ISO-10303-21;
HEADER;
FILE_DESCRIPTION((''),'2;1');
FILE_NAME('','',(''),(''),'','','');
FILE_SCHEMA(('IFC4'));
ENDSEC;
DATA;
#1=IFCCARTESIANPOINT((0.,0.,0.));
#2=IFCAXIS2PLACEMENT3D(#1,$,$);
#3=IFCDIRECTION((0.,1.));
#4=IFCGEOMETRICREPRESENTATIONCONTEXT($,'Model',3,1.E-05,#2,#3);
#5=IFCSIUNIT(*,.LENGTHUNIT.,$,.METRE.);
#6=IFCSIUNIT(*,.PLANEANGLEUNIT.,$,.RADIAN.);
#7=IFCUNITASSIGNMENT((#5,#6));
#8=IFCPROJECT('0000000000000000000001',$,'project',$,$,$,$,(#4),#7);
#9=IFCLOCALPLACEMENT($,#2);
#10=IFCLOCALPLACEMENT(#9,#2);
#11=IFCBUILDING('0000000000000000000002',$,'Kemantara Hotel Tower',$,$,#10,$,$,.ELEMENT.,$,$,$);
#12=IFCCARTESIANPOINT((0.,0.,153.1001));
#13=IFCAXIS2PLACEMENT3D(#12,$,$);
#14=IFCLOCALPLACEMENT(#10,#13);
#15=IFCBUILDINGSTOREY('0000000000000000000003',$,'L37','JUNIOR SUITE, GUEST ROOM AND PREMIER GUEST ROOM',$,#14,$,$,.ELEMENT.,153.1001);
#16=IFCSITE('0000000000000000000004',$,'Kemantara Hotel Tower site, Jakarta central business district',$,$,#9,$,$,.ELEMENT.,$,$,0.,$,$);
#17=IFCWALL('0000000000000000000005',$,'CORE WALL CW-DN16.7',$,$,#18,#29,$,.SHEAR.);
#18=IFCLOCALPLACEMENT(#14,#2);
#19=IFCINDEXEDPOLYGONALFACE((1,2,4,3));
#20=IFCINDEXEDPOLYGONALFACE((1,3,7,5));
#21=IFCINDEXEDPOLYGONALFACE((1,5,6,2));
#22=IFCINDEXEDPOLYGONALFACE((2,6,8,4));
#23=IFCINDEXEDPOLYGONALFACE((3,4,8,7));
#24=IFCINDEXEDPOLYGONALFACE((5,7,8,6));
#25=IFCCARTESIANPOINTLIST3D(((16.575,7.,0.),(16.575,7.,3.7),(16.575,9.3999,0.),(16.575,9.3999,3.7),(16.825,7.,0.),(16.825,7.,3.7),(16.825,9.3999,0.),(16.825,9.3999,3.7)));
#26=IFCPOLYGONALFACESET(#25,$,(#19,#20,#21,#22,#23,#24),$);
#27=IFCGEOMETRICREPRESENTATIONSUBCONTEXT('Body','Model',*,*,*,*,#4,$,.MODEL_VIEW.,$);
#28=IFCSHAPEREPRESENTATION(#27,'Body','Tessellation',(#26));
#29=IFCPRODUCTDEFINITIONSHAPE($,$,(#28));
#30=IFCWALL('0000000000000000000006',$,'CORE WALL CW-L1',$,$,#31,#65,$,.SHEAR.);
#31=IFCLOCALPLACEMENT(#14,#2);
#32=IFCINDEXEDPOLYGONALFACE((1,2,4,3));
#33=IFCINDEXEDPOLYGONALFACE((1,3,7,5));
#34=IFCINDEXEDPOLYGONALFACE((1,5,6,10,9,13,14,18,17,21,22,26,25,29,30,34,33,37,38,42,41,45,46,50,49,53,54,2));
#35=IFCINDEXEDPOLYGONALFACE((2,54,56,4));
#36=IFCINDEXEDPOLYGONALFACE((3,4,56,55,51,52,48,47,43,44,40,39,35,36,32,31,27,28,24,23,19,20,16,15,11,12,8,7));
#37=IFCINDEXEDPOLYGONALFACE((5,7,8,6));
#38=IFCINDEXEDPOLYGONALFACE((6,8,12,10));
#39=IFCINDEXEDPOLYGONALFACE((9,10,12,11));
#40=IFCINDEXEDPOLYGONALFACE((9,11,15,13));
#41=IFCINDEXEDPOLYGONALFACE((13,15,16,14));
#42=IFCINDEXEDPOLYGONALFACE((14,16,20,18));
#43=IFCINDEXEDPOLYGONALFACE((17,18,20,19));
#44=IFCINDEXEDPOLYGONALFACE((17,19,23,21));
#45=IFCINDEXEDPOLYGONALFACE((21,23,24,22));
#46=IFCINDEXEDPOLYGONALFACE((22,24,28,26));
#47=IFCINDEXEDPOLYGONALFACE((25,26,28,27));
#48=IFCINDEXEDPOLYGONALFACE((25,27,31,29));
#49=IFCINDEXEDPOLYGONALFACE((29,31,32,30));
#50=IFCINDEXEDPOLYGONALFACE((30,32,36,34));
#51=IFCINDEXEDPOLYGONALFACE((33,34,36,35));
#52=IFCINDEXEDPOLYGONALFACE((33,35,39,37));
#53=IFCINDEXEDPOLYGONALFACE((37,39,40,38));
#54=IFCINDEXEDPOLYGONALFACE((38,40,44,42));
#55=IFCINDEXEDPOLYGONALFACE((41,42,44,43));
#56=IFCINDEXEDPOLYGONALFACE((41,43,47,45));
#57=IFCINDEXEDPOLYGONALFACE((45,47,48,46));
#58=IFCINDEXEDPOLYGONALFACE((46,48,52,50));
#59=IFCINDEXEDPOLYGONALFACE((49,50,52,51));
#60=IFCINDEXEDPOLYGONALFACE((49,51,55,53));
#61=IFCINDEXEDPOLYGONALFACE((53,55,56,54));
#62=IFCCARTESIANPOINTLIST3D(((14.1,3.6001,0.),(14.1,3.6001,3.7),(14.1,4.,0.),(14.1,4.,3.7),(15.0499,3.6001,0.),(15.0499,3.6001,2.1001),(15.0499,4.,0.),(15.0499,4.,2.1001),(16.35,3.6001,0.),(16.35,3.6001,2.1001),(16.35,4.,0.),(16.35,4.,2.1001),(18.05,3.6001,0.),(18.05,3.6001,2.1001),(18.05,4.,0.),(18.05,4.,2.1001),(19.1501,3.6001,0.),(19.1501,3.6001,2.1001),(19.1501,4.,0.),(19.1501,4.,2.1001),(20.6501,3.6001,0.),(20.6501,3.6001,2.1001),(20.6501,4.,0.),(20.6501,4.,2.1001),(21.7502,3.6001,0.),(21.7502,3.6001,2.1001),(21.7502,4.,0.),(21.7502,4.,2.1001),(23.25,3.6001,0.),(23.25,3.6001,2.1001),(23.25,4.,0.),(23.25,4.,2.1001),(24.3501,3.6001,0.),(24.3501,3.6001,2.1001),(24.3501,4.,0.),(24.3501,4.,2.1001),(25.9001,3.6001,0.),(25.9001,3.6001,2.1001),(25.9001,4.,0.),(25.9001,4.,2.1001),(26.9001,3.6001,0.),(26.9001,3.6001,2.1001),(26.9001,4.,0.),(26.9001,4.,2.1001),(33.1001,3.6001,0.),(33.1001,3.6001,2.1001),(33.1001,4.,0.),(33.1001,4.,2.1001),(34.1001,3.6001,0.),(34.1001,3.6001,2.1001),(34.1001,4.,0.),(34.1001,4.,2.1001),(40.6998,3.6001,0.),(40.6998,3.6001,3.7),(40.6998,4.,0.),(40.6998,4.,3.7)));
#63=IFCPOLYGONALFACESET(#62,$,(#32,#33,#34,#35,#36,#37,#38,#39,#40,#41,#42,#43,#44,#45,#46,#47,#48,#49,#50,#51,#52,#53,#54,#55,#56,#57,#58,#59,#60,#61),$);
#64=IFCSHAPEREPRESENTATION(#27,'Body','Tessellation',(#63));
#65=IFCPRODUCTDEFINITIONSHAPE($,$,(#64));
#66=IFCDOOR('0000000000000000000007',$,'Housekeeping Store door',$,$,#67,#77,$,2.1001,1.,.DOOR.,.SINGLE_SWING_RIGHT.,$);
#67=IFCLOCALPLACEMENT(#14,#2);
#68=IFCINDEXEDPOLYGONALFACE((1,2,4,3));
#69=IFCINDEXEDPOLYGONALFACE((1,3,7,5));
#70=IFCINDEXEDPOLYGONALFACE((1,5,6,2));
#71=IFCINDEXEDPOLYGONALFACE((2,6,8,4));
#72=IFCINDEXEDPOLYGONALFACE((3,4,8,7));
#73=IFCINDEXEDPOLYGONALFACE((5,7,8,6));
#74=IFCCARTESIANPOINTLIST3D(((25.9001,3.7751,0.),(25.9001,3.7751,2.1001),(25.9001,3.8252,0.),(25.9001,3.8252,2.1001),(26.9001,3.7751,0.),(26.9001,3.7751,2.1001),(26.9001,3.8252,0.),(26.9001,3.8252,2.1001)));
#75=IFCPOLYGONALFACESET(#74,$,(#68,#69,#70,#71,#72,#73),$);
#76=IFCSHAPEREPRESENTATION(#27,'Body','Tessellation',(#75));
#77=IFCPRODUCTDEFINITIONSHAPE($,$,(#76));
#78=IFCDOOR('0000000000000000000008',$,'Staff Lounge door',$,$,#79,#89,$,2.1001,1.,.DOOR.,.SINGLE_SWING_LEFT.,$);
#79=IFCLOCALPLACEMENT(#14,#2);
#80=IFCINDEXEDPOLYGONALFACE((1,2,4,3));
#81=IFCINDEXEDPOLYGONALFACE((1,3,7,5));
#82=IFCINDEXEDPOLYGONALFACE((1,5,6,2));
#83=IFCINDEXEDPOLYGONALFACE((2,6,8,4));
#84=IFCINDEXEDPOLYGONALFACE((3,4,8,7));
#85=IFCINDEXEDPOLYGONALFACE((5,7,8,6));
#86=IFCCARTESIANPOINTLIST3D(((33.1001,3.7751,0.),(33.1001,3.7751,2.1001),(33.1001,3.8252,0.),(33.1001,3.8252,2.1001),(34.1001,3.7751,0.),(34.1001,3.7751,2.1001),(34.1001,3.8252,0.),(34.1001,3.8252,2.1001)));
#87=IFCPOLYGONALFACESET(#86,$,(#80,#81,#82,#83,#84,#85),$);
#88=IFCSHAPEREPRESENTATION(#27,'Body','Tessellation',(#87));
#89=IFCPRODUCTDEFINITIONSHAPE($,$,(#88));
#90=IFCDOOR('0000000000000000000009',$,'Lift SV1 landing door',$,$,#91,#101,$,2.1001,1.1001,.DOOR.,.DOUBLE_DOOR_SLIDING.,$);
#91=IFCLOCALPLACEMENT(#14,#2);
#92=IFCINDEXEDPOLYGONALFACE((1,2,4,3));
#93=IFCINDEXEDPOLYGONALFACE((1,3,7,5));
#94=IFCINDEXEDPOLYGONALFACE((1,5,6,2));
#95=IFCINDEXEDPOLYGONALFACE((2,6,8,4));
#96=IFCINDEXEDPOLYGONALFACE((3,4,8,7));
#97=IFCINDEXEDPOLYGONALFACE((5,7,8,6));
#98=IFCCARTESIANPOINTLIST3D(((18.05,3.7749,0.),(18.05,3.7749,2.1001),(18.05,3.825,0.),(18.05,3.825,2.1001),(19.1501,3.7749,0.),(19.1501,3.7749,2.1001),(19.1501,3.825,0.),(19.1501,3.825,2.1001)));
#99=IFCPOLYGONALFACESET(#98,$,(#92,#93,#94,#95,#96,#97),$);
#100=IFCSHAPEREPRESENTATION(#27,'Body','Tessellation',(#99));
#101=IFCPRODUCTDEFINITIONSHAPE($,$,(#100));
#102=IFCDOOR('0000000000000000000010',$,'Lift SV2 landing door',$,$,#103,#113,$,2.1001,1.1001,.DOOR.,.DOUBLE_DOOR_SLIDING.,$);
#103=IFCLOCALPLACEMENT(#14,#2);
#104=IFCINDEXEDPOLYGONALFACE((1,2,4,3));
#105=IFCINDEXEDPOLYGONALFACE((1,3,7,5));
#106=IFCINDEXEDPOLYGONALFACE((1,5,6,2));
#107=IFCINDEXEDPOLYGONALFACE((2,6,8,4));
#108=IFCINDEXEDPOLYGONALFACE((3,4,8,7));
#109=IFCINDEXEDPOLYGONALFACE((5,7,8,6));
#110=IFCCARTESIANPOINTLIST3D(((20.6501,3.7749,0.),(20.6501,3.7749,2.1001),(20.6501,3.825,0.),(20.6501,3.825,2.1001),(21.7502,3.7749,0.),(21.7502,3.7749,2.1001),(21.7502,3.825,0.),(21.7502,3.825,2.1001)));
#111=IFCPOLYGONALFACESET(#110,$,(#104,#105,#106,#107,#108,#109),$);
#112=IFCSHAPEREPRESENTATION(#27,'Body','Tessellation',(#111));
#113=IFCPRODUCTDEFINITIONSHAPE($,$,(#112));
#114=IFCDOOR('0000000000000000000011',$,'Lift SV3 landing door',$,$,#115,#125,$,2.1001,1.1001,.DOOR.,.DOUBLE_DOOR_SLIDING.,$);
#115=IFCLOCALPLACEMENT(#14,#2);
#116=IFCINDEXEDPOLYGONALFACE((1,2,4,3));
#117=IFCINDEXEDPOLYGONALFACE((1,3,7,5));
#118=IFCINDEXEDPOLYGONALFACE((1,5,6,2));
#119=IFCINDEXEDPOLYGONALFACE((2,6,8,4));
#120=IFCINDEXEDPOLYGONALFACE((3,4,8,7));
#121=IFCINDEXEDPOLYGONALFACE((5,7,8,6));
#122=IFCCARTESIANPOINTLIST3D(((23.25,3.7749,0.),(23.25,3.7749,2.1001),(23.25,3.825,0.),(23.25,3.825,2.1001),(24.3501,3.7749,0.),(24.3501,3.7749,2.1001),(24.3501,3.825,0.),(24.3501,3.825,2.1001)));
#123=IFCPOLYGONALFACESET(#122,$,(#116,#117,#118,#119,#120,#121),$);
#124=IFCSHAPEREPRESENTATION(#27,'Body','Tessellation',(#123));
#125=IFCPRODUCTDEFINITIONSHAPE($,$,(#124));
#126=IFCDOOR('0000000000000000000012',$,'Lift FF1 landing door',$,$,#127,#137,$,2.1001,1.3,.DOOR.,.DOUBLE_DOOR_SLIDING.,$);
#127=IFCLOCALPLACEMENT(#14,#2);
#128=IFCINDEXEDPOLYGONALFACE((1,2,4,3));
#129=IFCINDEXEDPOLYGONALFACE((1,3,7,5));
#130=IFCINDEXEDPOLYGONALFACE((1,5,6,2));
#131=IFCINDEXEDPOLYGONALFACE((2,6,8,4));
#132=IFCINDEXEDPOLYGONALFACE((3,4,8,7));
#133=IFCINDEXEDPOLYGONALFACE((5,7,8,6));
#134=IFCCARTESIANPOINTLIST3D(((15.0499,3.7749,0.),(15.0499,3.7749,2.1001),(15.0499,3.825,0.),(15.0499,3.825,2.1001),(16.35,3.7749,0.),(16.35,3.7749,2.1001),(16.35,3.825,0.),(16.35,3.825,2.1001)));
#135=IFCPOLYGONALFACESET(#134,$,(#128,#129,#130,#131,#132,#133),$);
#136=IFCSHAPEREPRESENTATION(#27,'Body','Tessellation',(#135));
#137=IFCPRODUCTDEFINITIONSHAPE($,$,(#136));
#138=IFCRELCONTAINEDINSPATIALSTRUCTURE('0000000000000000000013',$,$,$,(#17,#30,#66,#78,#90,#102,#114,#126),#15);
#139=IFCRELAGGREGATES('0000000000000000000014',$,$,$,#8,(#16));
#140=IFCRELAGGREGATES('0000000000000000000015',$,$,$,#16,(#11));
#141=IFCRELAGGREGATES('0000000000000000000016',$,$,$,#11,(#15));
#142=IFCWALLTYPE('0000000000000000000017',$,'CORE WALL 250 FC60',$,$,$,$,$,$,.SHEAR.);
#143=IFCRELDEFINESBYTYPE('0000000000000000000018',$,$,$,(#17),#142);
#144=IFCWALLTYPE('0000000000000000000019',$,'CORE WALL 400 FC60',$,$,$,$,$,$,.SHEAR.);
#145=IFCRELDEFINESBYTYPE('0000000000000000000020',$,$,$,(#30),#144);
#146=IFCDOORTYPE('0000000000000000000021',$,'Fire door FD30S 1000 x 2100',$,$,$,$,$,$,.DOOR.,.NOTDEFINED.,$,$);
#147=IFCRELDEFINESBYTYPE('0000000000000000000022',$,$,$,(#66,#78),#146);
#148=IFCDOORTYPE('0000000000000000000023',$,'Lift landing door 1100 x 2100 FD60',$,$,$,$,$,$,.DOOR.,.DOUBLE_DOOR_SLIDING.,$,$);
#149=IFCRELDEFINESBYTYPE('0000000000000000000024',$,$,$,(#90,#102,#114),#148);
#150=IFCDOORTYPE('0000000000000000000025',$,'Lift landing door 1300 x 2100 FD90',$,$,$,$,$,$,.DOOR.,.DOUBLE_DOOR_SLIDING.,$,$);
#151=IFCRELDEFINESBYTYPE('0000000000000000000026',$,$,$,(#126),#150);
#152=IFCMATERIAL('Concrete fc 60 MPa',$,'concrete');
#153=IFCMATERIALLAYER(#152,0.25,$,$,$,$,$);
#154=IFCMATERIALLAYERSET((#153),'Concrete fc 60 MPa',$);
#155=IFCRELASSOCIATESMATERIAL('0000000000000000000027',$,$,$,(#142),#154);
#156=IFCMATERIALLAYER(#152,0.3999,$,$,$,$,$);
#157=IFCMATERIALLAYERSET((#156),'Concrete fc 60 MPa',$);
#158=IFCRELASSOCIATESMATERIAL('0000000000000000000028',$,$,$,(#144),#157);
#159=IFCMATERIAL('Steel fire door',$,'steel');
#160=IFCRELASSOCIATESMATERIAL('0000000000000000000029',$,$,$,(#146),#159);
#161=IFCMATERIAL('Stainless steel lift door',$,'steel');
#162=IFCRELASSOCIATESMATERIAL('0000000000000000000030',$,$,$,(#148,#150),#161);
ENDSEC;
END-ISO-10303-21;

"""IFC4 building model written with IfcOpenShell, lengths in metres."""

from ifc_helpers import new_model, si_unit, direction, frame, frame_2d, origin, place, context, subcontext, project, spatial, rectangle, extrude, material, layer, layer_set, type_object, element, fill, save


model = new_model("IFC4")

# Units and contexts
model_context = context("Model", 3, precision=1e-05, world=origin(), true_north=direction((0.0, 1.0)))
body_context = subcontext(model_context, "Body", "Model", "MODEL_VIEW")
ifc_project = project(units=[si_unit("LENGTHUNIT", "METRE"), si_unit("PLANEANGLEUNIT", "RADIAN")], contexts=[model_context])

# Site, building, storey
site_placement = place(None, origin())
site = spatial("IfcSite", under=ifc_project, at=site_placement, Name="Kemantara Hotel Tower site, Jakarta central business district", CompositionType="ELEMENT", RefElevation=0.0)
building_placement = place(site_placement, origin())
building = spatial("IfcBuilding", under=site, at=building_placement, Name="Kemantara Hotel Tower", CompositionType="ELEMENT")
storey_placement = place(building_placement, frame((0.0, 0.0, 153.1001)))
storey = spatial("IfcBuildingStorey", under=building, at=storey_placement, Name="L37", Description="JUNIOR SUITE, GUEST ROOM AND PREMIER GUEST ROOM", CompositionType="ELEMENT", Elevation=153.1001)

# Wall
ifc_material_1 = material(Name="Concrete fc 60 MPa", Category="concrete")
ifc_layer_1 = layer(ifc_material_1, 0.25)
ifc_layer_set_1 = layer_set([ifc_layer_1], Name="Concrete fc 60 MPa")
wall_type_1 = type_object("IfcWallType", Name="CORE WALL 250 FC60", PredefinedType="SHEAR", material=ifc_layer_set_1)
wall_1_placement = place(storey_placement, frame((16.7, 7.0, 0.0), z_axis=(0.0, 0.0, 1.0), x_axis=(0.0, 1.0, 0.0)))
element("IfcWall", 1, at=wall_1_placement, inside=storey, type_object=wall_type_1, Name="CORE WALL CW-DN16.7", PredefinedType="SHEAR", context=body_context, shape_type="SweptSolid", body=[
    extrude(rectangle(XDim=2.3999, YDim=0.25, at=frame_2d((1.2, 0.0))), origin(), (0.0, 0.0, 1.0), 3.7),
])

# Wall, openings, doors
ifc_layer_2 = layer(ifc_material_1, 0.3999)
ifc_layer_set_2 = layer_set([ifc_layer_2], Name="Concrete fc 60 MPa")
wall_type_2 = type_object("IfcWallType", Name="CORE WALL 400 FC60", PredefinedType="SHEAR", material=ifc_layer_set_2)
wall_2_placement = place(storey_placement, frame((14.1001, 3.8, 0.0), z_axis=(0.0, 0.0, 1.0), x_axis=(1.0, 0.0, 0.0)))
wall_2 = element("IfcWall", 2, at=wall_2_placement, inside=storey, type_object=wall_type_2, Name="CORE WALL CW-L1", PredefinedType="SHEAR", context=body_context, shape_type="SweptSolid", body=[
    extrude(rectangle(XDim=26.5999, YDim=0.3999, at=frame_2d((13.2998, 0.0))), origin(), (0.0, 0.0, 1.0), 3.7),
])
opening_1_placement = place(wall_2_placement, frame((0.95, 0.0, 0.0)))
opening_1 = element("IfcOpeningElement", 3, at=opening_1_placement, cuts=wall_2, PredefinedType="OPENING", context=body_context, shape_type="SweptSolid", body=[
    extrude(rectangle(XDim=1.3, YDim=2.1001, at=frame_2d((0.6499, 1.05))), frame((0.0, 0.21, 0.0), z_axis=(0.0, -1.0, 0.0), x_axis=(1.0, 0.0, 0.0)), (0.0, 0.0, 1.0), 0.4199),
])
opening_2_placement = place(wall_2_placement, frame((3.95, 0.0, 0.0)))
opening_2 = element("IfcOpeningElement", 4, at=opening_2_placement, cuts=wall_2, PredefinedType="OPENING", context=body_context, shape_type="SweptSolid", body=[
    extrude(rectangle(XDim=1.1001, YDim=2.1001, at=frame_2d((0.55, 1.05))), frame((0.0, 0.21, 0.0), z_axis=(0.0, -1.0, 0.0), x_axis=(1.0, 0.0, 0.0)), (0.0, 0.0, 1.0), 0.4199),
])
opening_3_placement = place(wall_2_placement, frame((6.55, 0.0, 0.0)))
opening_3 = element("IfcOpeningElement", 5, at=opening_3_placement, cuts=wall_2, PredefinedType="OPENING", context=body_context, shape_type="SweptSolid", body=[
    extrude(rectangle(XDim=1.1001, YDim=2.1001, at=frame_2d((0.55, 1.05))), frame((0.0, 0.21, 0.0), z_axis=(0.0, -1.0, 0.0), x_axis=(1.0, 0.0, 0.0)), (0.0, 0.0, 1.0), 0.4199),
])
opening_4_placement = place(wall_2_placement, frame((9.1499, 0.0, 0.0)))
opening_4 = element("IfcOpeningElement", 6, at=opening_4_placement, cuts=wall_2, PredefinedType="OPENING", context=body_context, shape_type="SweptSolid", body=[
    extrude(rectangle(XDim=1.1001, YDim=2.1001, at=frame_2d((0.55, 1.05))), frame((0.0, 0.21, 0.0), z_axis=(0.0, -1.0, 0.0), x_axis=(1.0, 0.0, 0.0)), (0.0, 0.0, 1.0), 0.4199),
])
opening_5_placement = place(wall_2_placement, frame((11.8, 0.0, 0.0)))
opening_5 = element("IfcOpeningElement", 7, at=opening_5_placement, cuts=wall_2, PredefinedType="OPENING", context=body_context, shape_type="SweptSolid", body=[
    extrude(rectangle(XDim=1.0, YDim=2.1001, at=frame_2d((0.5, 1.05))), frame((0.0, 0.21, 0.0), z_axis=(0.0, -1.0, 0.0), x_axis=(1.0, 0.0, 0.0)), (0.0, 0.0, 1.0), 0.4199),
])
opening_6_placement = place(wall_2_placement, frame((19.0, 0.0, 0.0)))
opening_6 = element("IfcOpeningElement", 8, at=opening_6_placement, cuts=wall_2, PredefinedType="OPENING", context=body_context, shape_type="SweptSolid", body=[
    extrude(rectangle(XDim=1.0, YDim=2.1001, at=frame_2d((0.5, 1.05))), frame((0.0, 0.21, 0.0), z_axis=(0.0, -1.0, 0.0), x_axis=(1.0, 0.0, 0.0)), (0.0, 0.0, 1.0), 0.4199),
])
ifc_material_2 = material(Name="Steel fire door", Category="steel")
door_type_1 = type_object("IfcDoorType", Name="Fire door FD30S 1000 x 2100", OperationType="NOTDEFINED", PredefinedType="DOOR", material=ifc_material_2)
door_1_placement = place(opening_5_placement, frame((1.0, 0.0, 0.0), z_axis=(0.0, 0.0, 1.0), x_axis=(-1.0, 0.0, 0.0)))
door_1 = element("IfcDoor", 9, at=door_1_placement, inside=storey, type_object=door_type_1, Name="Housekeeping Store door", OperationType="SINGLE_SWING_RIGHT", OverallHeight=2.1001, OverallWidth=1.0, PredefinedType="DOOR", context=body_context, shape_type="SweptSolid", body=[
    extrude(rectangle(XDim=1.0, YDim=2.1001, at=frame_2d((0.5, 1.05))), frame((0.0, 0.0249, 0.0), z_axis=(0.0, -1.0, 0.0), x_axis=(1.0, 0.0, 0.0)), (0.0, 0.0, 1.0), 0.05),
])
fill(opening_5, door_1)
door_2_placement = place(opening_6_placement, frame((1.0, 0.0, 0.0), z_axis=(0.0, 0.0, 1.0), x_axis=(-1.0, 0.0, 0.0)))
door_2 = element("IfcDoor", 10, at=door_2_placement, inside=storey, type_object=door_type_1, Name="Staff Lounge door", OperationType="SINGLE_SWING_LEFT", OverallHeight=2.1001, OverallWidth=1.0, PredefinedType="DOOR", context=body_context, shape_type="SweptSolid", body=[
    extrude(rectangle(XDim=1.0, YDim=2.1001, at=frame_2d((0.5, 1.05))), frame((0.0, 0.0249, 0.0), z_axis=(0.0, -1.0, 0.0), x_axis=(1.0, 0.0, 0.0)), (0.0, 0.0, 1.0), 0.05),
])
fill(opening_6, door_2)
ifc_material_3 = material(Name="Stainless steel lift door", Category="steel")
door_type_2 = type_object("IfcDoorType", Name="Lift landing door 1100 x 2100 FD60", OperationType="DOUBLE_DOOR_SLIDING", PredefinedType="DOOR", material=ifc_material_3)
door_3_placement = place(opening_2_placement, origin())
door_3 = element("IfcDoor", 11, at=door_3_placement, inside=storey, type_object=door_type_2, Name="Lift SV1 landing door", OperationType="DOUBLE_DOOR_SLIDING", OverallHeight=2.1001, OverallWidth=1.1001, PredefinedType="DOOR", context=body_context, shape_type="SweptSolid", body=[
    extrude(rectangle(XDim=1.1001, YDim=2.1001, at=frame_2d((0.55, 1.05))), frame((0.0, 0.0249, 0.0), z_axis=(0.0, -1.0, 0.0), x_axis=(1.0, 0.0, 0.0)), (0.0, 0.0, 1.0), 0.05),
])
fill(opening_2, door_3)
door_4_placement = place(opening_3_placement, origin())
door_4 = element("IfcDoor", 12, at=door_4_placement, inside=storey, type_object=door_type_2, Name="Lift SV2 landing door", OperationType="DOUBLE_DOOR_SLIDING", OverallHeight=2.1001, OverallWidth=1.1001, PredefinedType="DOOR", context=body_context, shape_type="SweptSolid", body=[
    extrude(rectangle(XDim=1.1001, YDim=2.1001, at=frame_2d((0.55, 1.05))), frame((0.0, 0.0249, 0.0), z_axis=(0.0, -1.0, 0.0), x_axis=(1.0, 0.0, 0.0)), (0.0, 0.0, 1.0), 0.05),
])
fill(opening_3, door_4)
door_5_placement = place(opening_4_placement, origin())
door_5 = element("IfcDoor", 13, at=door_5_placement, inside=storey, type_object=door_type_2, Name="Lift SV3 landing door", OperationType="DOUBLE_DOOR_SLIDING", OverallHeight=2.1001, OverallWidth=1.1001, PredefinedType="DOOR", context=body_context, shape_type="SweptSolid", body=[
    extrude(rectangle(XDim=1.1001, YDim=2.1001, at=frame_2d((0.55, 1.05))), frame((0.0, 0.0249, 0.0), z_axis=(0.0, -1.0, 0.0), x_axis=(1.0, 0.0, 0.0)), (0.0, 0.0, 1.0), 0.05),
])
fill(opening_4, door_5)
door_type_3 = type_object("IfcDoorType", Name="Lift landing door 1300 x 2100 FD90", OperationType="DOUBLE_DOOR_SLIDING", PredefinedType="DOOR", material=ifc_material_3)
door_6_placement = place(opening_1_placement, origin())
door_6 = element("IfcDoor", 14, at=door_6_placement, inside=storey, type_object=door_type_3, Name="Lift FF1 landing door", OperationType="DOUBLE_DOOR_SLIDING", OverallHeight=2.1001, OverallWidth=1.3, PredefinedType="DOOR", context=body_context, shape_type="SweptSolid", body=[
    extrude(rectangle(XDim=1.3, YDim=2.1001, at=frame_2d((0.6499, 1.05))), frame((0.0, 0.0249, 0.0), z_axis=(0.0, -1.0, 0.0), x_axis=(1.0, 0.0, 0.0)), (0.0, 0.0, 1.0), 0.05),
])
fill(opening_1, door_6)

save(model, "model.ifc")
